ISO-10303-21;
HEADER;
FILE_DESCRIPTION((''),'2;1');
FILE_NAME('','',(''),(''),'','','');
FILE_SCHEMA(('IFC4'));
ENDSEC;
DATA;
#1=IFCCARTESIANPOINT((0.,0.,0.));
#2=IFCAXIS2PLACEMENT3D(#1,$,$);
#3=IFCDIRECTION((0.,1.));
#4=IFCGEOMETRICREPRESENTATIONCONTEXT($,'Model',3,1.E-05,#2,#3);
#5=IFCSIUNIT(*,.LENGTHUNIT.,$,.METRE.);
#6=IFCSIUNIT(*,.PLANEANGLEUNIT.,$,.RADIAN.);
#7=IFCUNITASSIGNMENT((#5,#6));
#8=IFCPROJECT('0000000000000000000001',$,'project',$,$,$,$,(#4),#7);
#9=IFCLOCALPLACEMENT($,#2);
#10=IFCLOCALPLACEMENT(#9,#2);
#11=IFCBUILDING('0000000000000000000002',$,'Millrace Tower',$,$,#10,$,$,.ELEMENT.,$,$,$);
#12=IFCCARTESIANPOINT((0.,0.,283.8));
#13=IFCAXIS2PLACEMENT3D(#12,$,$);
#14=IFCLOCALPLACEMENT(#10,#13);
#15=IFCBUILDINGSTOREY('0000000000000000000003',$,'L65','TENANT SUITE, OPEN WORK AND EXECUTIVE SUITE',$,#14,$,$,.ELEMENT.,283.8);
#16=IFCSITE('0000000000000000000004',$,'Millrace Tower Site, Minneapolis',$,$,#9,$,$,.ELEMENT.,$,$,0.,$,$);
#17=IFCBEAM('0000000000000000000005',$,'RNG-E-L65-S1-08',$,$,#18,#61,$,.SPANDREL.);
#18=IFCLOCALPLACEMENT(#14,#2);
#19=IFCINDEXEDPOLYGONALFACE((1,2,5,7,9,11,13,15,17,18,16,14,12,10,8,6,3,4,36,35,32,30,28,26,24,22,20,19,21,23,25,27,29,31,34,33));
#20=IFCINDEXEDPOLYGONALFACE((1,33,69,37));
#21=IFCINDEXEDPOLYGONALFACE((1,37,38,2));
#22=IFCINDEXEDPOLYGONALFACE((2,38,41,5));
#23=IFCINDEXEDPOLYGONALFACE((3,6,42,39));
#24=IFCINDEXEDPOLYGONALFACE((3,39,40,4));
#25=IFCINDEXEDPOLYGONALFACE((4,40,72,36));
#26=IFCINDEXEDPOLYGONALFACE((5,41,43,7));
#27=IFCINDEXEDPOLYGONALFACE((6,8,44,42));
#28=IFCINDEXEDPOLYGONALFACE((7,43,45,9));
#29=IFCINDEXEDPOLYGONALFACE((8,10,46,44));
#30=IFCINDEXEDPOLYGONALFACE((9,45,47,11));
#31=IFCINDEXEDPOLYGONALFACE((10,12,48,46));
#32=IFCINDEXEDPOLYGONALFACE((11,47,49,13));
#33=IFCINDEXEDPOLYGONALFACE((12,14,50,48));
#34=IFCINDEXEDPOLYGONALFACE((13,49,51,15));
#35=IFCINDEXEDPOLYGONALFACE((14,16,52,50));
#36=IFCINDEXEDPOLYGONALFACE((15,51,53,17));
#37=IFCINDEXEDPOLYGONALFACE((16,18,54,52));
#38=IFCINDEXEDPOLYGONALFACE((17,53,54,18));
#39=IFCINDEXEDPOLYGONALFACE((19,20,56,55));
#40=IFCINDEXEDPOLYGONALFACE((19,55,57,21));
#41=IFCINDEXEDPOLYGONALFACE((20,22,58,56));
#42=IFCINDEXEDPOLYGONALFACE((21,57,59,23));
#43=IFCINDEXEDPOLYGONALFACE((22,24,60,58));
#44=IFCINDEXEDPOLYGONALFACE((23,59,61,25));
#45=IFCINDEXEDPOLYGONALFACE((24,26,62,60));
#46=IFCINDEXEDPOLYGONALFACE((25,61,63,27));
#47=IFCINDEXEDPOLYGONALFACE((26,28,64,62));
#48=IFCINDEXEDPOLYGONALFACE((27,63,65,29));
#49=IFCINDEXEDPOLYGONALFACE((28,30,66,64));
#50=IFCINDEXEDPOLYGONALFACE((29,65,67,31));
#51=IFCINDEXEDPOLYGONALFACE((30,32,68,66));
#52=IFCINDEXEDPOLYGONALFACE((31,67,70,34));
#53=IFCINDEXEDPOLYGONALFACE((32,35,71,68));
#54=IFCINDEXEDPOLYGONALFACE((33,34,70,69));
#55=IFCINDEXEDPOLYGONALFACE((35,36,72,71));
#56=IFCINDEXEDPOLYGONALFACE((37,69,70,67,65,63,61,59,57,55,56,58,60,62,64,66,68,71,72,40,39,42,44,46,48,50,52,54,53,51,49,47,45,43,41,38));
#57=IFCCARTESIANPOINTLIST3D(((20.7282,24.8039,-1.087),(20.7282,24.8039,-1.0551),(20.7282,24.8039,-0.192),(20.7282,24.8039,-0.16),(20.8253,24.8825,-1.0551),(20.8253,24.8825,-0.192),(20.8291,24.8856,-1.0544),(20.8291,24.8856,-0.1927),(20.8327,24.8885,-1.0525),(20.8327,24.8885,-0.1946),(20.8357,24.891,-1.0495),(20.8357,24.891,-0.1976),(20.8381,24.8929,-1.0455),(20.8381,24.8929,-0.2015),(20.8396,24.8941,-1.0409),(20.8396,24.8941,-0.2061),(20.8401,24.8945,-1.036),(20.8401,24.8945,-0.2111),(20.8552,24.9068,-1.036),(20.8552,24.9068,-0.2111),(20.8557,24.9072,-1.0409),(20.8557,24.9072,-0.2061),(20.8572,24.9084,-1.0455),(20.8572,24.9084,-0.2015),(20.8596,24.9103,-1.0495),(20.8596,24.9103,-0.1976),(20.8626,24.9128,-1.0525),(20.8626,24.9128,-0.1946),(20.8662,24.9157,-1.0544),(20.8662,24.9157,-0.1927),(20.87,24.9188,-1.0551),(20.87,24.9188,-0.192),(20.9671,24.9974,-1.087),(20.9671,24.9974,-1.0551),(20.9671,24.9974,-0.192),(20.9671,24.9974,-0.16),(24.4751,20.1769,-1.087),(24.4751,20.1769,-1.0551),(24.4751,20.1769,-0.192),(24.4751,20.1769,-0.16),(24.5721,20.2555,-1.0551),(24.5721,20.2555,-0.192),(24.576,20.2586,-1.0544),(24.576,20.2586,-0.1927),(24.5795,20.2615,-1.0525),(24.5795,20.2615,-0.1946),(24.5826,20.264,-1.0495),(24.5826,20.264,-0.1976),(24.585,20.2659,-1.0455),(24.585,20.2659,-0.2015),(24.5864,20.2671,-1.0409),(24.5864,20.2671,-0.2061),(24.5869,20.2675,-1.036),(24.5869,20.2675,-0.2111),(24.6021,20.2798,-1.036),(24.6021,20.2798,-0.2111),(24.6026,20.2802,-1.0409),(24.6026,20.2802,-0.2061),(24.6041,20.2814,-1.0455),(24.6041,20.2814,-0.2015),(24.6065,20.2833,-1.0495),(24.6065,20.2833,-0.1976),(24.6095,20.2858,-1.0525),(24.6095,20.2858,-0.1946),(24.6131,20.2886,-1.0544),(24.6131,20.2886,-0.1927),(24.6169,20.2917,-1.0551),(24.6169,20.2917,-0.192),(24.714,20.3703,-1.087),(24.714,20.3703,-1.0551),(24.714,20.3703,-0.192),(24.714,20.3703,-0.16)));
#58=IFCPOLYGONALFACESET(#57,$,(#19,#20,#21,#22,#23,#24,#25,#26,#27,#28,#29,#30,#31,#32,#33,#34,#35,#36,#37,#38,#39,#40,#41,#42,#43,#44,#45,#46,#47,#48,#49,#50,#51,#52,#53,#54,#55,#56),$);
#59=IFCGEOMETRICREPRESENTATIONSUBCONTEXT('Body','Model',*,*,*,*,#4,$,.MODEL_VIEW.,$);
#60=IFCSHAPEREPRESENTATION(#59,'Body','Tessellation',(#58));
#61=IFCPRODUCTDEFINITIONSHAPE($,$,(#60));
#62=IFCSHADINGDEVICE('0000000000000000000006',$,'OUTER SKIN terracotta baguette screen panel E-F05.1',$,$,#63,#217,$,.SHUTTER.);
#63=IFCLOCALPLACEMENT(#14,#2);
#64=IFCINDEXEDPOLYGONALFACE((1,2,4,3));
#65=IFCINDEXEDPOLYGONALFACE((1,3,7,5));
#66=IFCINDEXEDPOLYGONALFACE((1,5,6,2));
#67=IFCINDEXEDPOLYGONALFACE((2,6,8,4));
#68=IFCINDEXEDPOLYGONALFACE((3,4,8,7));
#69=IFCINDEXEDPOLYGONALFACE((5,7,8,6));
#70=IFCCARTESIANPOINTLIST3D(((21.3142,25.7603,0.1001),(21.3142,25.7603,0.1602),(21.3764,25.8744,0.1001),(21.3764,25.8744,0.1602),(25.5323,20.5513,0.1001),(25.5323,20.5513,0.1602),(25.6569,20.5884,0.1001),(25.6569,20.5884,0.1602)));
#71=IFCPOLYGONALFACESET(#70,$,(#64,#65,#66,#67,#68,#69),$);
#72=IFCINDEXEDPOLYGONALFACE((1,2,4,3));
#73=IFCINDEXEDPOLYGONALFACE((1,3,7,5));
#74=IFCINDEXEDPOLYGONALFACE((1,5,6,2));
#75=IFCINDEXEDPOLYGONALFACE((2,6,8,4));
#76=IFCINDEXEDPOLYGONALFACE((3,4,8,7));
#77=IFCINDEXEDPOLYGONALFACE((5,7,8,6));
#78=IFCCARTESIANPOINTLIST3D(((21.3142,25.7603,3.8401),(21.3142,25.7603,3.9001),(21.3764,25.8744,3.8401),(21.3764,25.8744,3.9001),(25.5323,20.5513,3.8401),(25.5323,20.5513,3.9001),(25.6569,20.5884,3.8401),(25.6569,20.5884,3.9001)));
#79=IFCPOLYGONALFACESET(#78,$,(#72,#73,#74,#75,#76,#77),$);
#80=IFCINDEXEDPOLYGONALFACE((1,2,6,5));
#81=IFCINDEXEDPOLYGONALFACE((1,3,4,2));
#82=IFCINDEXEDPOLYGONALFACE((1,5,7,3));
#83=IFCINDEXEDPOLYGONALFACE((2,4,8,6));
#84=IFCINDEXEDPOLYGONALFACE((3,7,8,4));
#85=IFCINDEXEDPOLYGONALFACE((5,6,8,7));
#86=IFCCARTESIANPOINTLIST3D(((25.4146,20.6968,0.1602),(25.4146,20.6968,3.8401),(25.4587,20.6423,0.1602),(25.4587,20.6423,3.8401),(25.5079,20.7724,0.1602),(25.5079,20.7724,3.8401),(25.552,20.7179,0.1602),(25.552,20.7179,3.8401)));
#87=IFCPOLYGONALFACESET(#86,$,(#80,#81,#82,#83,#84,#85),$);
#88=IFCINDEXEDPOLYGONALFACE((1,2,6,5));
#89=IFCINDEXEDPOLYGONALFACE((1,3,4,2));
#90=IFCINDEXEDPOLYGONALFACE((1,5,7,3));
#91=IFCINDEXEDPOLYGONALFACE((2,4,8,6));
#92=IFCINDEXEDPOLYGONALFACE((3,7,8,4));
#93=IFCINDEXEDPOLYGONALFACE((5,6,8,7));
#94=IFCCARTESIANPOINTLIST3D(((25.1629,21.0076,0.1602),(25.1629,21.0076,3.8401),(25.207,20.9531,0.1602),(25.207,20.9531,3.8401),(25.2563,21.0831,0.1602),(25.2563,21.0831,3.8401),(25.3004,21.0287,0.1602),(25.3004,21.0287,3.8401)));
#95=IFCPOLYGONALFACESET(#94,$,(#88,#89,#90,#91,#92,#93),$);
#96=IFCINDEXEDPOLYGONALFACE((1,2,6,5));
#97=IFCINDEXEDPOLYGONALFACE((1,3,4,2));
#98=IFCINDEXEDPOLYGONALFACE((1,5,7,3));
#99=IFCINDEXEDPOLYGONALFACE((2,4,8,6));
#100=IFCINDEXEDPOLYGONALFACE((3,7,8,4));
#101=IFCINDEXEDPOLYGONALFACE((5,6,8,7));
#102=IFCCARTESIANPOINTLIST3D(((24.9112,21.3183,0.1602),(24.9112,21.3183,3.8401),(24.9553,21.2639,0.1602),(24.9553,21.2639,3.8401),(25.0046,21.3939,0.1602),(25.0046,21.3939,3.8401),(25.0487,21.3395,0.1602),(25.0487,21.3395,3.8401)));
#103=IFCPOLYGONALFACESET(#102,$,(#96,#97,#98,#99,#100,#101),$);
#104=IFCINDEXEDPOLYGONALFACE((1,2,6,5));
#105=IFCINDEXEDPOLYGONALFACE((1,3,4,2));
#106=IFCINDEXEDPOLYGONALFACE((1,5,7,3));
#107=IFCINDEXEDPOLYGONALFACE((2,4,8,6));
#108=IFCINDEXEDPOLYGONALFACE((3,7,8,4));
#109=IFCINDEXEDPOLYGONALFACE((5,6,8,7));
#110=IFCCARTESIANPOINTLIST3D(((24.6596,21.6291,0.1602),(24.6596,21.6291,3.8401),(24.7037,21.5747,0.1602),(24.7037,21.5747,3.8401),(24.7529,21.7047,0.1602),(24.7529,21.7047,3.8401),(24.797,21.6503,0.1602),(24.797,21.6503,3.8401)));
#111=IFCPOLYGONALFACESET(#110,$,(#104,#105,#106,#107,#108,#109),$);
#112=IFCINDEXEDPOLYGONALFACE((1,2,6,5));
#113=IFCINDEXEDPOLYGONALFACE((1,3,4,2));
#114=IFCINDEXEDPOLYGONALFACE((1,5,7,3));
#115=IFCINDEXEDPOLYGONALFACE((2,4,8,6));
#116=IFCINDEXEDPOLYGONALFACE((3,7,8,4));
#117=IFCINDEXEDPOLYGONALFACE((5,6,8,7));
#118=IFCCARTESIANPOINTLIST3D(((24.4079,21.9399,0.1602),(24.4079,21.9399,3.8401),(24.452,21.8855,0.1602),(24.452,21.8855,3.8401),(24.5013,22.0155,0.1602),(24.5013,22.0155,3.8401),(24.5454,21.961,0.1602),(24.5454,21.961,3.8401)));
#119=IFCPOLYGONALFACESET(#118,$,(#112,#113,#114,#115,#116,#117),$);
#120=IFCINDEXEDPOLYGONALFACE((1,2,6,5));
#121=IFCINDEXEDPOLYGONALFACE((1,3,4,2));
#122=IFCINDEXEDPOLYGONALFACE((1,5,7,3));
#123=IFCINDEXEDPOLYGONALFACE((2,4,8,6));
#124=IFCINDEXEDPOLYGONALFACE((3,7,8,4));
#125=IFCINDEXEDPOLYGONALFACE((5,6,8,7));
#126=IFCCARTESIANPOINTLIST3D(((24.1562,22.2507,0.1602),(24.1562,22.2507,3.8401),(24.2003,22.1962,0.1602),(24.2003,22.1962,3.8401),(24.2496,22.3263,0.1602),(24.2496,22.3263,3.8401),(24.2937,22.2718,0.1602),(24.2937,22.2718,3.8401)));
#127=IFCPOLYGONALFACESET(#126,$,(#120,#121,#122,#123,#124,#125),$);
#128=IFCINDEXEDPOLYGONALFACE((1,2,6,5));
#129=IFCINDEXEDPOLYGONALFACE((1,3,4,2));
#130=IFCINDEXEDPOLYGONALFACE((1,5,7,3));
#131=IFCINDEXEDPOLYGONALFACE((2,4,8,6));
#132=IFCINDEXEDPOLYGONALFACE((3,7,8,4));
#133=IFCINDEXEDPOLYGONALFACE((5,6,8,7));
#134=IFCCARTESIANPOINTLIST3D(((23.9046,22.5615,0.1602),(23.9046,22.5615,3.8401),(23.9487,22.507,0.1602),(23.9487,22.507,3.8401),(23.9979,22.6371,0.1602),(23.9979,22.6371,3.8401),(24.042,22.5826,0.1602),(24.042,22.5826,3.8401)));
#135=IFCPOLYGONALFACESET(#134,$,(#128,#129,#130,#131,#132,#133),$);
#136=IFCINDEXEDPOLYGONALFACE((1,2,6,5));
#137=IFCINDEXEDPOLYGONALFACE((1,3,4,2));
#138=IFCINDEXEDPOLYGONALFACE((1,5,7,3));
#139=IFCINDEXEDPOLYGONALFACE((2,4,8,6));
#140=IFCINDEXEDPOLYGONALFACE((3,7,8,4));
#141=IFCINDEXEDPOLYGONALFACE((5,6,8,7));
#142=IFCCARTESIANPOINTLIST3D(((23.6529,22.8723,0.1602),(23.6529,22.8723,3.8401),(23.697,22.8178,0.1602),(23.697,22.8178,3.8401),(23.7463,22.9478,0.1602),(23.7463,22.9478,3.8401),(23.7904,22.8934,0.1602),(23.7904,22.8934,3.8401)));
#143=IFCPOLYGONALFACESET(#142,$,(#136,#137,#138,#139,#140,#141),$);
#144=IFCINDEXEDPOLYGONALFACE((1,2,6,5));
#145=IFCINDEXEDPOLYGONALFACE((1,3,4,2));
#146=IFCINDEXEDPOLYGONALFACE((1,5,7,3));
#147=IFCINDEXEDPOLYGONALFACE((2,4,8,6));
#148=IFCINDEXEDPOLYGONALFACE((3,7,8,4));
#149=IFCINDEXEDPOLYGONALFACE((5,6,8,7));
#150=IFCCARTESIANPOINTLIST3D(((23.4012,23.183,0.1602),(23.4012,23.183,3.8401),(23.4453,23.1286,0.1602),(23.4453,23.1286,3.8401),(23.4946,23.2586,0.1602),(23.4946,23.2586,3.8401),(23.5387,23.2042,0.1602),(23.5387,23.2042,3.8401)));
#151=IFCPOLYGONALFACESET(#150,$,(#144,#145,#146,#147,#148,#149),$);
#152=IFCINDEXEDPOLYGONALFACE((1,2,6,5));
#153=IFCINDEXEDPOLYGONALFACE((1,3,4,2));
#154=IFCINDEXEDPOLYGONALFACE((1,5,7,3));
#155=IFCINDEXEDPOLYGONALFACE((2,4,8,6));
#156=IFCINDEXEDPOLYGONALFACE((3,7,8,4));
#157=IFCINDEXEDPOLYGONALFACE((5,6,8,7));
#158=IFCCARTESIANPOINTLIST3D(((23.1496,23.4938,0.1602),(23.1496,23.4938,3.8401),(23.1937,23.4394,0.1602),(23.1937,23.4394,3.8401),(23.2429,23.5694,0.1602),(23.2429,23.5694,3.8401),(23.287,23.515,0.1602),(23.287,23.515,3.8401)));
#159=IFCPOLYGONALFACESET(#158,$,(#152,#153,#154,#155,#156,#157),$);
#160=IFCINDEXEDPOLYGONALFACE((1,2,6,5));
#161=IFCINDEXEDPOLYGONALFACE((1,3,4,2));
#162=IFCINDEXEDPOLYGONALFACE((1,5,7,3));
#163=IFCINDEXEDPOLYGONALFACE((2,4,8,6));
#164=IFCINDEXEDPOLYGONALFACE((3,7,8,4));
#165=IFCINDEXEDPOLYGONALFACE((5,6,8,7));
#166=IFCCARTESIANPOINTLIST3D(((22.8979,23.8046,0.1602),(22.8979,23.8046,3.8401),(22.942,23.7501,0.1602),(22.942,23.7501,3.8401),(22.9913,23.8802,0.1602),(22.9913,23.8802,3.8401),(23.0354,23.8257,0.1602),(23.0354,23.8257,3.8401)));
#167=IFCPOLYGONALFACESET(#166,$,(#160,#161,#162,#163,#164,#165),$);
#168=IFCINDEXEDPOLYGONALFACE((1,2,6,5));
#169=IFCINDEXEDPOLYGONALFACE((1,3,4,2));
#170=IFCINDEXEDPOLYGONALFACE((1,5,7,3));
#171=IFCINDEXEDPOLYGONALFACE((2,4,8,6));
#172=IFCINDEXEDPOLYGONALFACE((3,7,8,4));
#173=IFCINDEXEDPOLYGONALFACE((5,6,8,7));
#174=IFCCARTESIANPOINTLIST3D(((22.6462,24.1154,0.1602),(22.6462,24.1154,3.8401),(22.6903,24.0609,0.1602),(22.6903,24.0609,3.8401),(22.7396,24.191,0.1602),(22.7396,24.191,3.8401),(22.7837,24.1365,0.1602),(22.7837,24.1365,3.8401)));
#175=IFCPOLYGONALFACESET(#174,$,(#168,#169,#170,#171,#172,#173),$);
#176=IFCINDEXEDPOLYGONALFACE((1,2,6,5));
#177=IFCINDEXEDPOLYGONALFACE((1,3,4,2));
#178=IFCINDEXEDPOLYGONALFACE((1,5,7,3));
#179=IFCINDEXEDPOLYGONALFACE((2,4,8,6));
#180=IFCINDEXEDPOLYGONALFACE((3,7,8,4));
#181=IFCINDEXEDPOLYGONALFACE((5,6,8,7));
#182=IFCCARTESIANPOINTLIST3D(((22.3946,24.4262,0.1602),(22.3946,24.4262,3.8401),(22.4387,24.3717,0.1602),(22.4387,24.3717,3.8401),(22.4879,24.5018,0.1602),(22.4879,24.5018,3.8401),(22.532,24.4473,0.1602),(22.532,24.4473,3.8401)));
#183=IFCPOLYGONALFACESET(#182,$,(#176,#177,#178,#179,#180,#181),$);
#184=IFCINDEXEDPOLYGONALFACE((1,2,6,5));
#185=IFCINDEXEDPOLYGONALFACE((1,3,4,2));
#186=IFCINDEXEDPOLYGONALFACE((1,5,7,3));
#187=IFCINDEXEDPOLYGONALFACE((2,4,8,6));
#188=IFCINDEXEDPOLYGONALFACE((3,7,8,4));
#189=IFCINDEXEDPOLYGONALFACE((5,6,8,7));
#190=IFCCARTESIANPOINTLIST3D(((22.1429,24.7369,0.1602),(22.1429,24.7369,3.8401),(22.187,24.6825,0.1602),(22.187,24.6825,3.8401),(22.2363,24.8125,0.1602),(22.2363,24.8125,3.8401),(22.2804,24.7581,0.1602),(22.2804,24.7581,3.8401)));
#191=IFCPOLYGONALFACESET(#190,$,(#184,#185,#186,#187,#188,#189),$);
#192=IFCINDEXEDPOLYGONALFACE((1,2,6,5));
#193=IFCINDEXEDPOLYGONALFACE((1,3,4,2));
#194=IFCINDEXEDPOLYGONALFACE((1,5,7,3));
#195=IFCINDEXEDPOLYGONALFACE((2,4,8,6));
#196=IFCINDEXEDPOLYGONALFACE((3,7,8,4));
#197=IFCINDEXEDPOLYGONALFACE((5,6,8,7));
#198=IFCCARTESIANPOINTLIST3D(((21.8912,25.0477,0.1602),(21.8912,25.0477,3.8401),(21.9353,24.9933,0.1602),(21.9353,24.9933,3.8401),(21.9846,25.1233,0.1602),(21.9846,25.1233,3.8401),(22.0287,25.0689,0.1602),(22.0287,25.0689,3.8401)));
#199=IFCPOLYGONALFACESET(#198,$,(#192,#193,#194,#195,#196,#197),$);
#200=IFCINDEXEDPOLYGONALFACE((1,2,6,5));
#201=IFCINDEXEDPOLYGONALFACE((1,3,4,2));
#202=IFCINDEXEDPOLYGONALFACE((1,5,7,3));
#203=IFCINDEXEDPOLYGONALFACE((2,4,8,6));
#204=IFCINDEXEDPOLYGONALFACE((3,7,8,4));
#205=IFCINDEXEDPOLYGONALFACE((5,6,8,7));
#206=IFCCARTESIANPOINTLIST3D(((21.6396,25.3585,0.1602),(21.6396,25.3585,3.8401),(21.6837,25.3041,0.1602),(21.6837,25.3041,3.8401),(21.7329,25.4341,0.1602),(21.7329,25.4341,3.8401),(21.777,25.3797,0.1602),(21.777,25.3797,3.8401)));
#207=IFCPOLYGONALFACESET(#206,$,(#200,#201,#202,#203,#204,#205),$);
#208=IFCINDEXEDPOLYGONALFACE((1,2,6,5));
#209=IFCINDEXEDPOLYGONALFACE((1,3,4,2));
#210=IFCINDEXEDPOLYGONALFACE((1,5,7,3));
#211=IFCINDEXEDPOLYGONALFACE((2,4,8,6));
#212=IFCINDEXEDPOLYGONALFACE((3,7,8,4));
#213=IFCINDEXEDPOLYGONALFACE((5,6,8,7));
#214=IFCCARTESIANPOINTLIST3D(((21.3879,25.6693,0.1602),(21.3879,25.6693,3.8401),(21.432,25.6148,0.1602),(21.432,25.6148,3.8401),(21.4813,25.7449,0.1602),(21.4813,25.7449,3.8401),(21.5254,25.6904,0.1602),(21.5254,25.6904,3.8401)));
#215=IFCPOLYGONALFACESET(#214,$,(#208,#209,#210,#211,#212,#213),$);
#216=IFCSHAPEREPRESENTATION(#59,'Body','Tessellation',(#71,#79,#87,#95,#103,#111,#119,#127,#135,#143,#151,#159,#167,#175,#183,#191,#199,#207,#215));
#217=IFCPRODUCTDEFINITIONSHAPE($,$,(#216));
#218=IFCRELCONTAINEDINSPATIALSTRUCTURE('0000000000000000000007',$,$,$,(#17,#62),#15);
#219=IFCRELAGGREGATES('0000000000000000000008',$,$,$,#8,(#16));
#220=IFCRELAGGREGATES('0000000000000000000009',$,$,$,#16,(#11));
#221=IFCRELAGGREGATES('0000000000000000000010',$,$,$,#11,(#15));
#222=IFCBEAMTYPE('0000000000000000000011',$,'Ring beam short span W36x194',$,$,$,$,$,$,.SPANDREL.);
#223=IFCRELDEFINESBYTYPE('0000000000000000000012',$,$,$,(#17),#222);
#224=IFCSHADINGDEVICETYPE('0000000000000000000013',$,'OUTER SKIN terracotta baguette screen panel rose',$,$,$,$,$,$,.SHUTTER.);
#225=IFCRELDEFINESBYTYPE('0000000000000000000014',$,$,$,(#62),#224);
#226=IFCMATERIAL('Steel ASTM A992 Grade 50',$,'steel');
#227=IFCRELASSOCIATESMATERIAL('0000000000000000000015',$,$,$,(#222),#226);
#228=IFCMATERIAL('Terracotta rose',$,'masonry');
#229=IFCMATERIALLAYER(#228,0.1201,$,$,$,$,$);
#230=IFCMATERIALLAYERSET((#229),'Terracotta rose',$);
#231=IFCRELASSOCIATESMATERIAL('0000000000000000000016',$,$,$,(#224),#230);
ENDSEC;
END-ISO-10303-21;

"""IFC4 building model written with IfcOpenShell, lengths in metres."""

from ifc_helpers import new_model, entity, si_unit, direction, frame, frame_2d, origin, origin_2d, place, context, subcontext, project, spatial, rectangle, i_section, extrude, source, transform, mapped, material, layer, layer_set, material_profile, profile_set, type_object, element, save


model = new_model("IFC4")

# Units and contexts
model_context = context("Model", 3, precision=1e-05, world=origin(), true_north=direction((0.0, 1.0)))
body_context = subcontext(model_context, "Body", "Model", "MODEL_VIEW")
ifc_project = project(units=[si_unit("LENGTHUNIT", "METRE"), si_unit("PLANEANGLEUNIT", "RADIAN")], contexts=[model_context])

# Site, building, storey
site_placement = place(None, origin())
site = spatial("IfcSite", under=ifc_project, at=site_placement, Name="Millrace Tower Site, Minneapolis", CompositionType="ELEMENT", RefElevation=0.0)
building_placement = place(site_placement, origin())
building = spatial("IfcBuilding", under=site, at=building_placement, Name="Millrace Tower", CompositionType="ELEMENT")
storey_placement = place(building_placement, frame((0.0, 0.0, 283.8)))
storey = spatial("IfcBuildingStorey", under=building, at=storey_placement, Name="L65", Description="TENANT SUITE, OPEN WORK AND EXECUTIVE SUITE", CompositionType="ELEMENT", Elevation=283.8)

# Beam
ifc_material_1 = material(Name="Steel ASTM A992 Grade 50", Category="steel")
ifc_material_profile_1 = material_profile(ifc_material_1, i_section(OverallWidth=0.3074, OverallDepth=0.927, WebThickness=0.0195, FlangeThickness=0.032, FilletRadius=0.019, at=origin_2d()))
ifc_profile_set_1 = profile_set([ifc_material_profile_1], Name="Steel ASTM A992 Grade 50")
beam_type_1 = type_object("IfcBeamType", Name="Ring beam short span W36x194", PredefinedType="SPANDREL", material=ifc_profile_set_1)
beam_1_placement = place(storey_placement, frame((20.8477, 24.9006, -0.6235), z_axis=(0.62932, -0.777147, 0.0), x_axis=(0.777147, 0.62932, 0.0)))
element("IfcBeam", 1, at=beam_1_placement, inside=storey, type_object=beam_type_1, Name="RNG-E-L65-S1-08", PredefinedType="SPANDREL", context=body_context, shape_type="SweptSolid", body=[
    extrude(i_section(OverallWidth=0.3074, OverallDepth=0.927, WebThickness=0.0195, FlangeThickness=0.032, FilletRadius=0.019, at=origin_2d()), origin(), (0.0, 0.0, 1.0), 5.9539),
])

# Shading device
ifc_material_2 = material(Name="Terracotta rose", Category="masonry")
ifc_layer_1 = layer(ifc_material_2, 0.1201)
ifc_layer_set_1 = layer_set([ifc_layer_1], Name="Terracotta rose")
shading_device_type = type_object("IfcShadingDeviceType", Name="OUTER SKIN terracotta baguette screen panel rose", PredefinedType="SHUTTER", material=ifc_layer_set_1)
cartesian_point_1 = entity("IfcCartesianPoint", [-3.3513, 0.0601])
shared_polyline_1 = entity("IfcPolyline", [cartesian_point_1, entity("IfcCartesianPoint", [3.3513, 0.0601]), entity("IfcCartesianPoint", [3.4009, -0.0601]), entity("IfcCartesianPoint", [-3.4009, -0.0601]), cartesian_point_1])
shared_shape_1 = source(origin(), body_context, "Body", "SweptSolid", [
    entity("IfcExtrudedAreaSolid", entity("IfcArbitraryClosedProfileDef", "AREA", None, shared_polyline_1), entity("IfcAxis2Placement3D", entity("IfcCartesianPoint", [0.0, 0.0, 0.0])), entity("IfcDirection", [0.0, 0.0, 1.0]), 0.0601),
    entity("IfcExtrudedAreaSolid", entity("IfcArbitraryClosedProfileDef", "AREA", None, shared_polyline_1), entity("IfcAxis2Placement3D", entity("IfcCartesianPoint", [0.0, 0.0, 3.74])), entity("IfcDirection", [0.0, 0.0, 1.0]), 0.0601),
    extrude(rectangle(XDim=0.0701, YDim=0.1201, at=frame_2d((-3.1992, 0.0))), frame((0.0, 0.0, 0.0601)), (0.0, 0.0, 1.0), 3.6799),
    extrude(rectangle(XDim=0.0701, YDim=0.1201, at=frame_2d((-2.7993, 0.0))), frame((0.0, 0.0, 0.0601)), (0.0, 0.0, 1.0), 3.6799),
    extrude(rectangle(XDim=0.0701, YDim=0.1201, at=frame_2d((-2.3994, 0.0))), frame((0.0, 0.0, 0.0601)), (0.0, 0.0, 1.0), 3.6799),
    extrude(rectangle(XDim=0.0701, YDim=0.1201, at=frame_2d((-1.9995, 0.0))), frame((0.0, 0.0, 0.0601)), (0.0, 0.0, 1.0), 3.6799),
    extrude(rectangle(XDim=0.0701, YDim=0.1201, at=frame_2d((-1.5996, 0.0))), frame((0.0, 0.0, 0.0601)), (0.0, 0.0, 1.0), 3.6799),
    extrude(rectangle(XDim=0.0701, YDim=0.1201, at=frame_2d((-1.1997, 0.0))), frame((0.0, 0.0, 0.0601)), (0.0, 0.0, 1.0), 3.6799),
    extrude(rectangle(XDim=0.0701, YDim=0.1201, at=frame_2d((-0.7998, 0.0))), frame((0.0, 0.0, 0.0601)), (0.0, 0.0, 1.0), 3.6799),
    extrude(rectangle(XDim=0.0701, YDim=0.1201, at=frame_2d((-0.3999, 0.0))), frame((0.0, 0.0, 0.0601)), (0.0, 0.0, 1.0), 3.6799),
    extrude(rectangle(XDim=0.0701, YDim=0.1201, at=origin_2d()), frame((0.0, 0.0, 0.0601)), (0.0, 0.0, 1.0), 3.6799),
    extrude(rectangle(XDim=0.0701, YDim=0.1201, at=frame_2d((0.3999, 0.0))), frame((0.0, 0.0, 0.0601)), (0.0, 0.0, 1.0), 3.6799),
    extrude(rectangle(XDim=0.0701, YDim=0.1201, at=frame_2d((0.7998, 0.0))), frame((0.0, 0.0, 0.0601)), (0.0, 0.0, 1.0), 3.6799),
    extrude(rectangle(XDim=0.0701, YDim=0.1201, at=frame_2d((1.1997, 0.0))), frame((0.0, 0.0, 0.0601)), (0.0, 0.0, 1.0), 3.6799),
    extrude(rectangle(XDim=0.0701, YDim=0.1201, at=frame_2d((1.5996, 0.0))), frame((0.0, 0.0, 0.0601)), (0.0, 0.0, 1.0), 3.6799),
    extrude(rectangle(XDim=0.0701, YDim=0.1201, at=frame_2d((1.9995, 0.0))), frame((0.0, 0.0, 0.0601)), (0.0, 0.0, 1.0), 3.6799),
    extrude(rectangle(XDim=0.0701, YDim=0.1201, at=frame_2d((2.3994, 0.0))), frame((0.0, 0.0, 0.0601)), (0.0, 0.0, 1.0), 3.6799),
    extrude(rectangle(XDim=0.0701, YDim=0.1201, at=frame_2d((2.7993, 0.0))), frame((0.0, 0.0, 0.0601)), (0.0, 0.0, 1.0), 3.6799),
    extrude(rectangle(XDim=0.0701, YDim=0.1201, at=frame_2d((3.1992, 0.0))), frame((0.0, 0.0, 0.0601)), (0.0, 0.0, 1.0), 3.6799),
])
shading_device_1_placement = place(storey_placement, frame((23.47, 23.1936, 0.1001), z_axis=(0.0, 0.0, 1.0), x_axis=(-0.62932, 0.777146, 0.0)))
element("IfcShadingDevice", 2, at=shading_device_1_placement, inside=storey, type_object=shading_device_type, Name="OUTER SKIN terracotta baguette screen panel E-F05.1", PredefinedType="SHUTTER", context=body_context, shape_type="MappedRepresentation", body=[
    mapped(shared_shape_1, transform((0.0, 0.0, 0.0), scale=1.0)),
])

save(model, "model.ifc")
